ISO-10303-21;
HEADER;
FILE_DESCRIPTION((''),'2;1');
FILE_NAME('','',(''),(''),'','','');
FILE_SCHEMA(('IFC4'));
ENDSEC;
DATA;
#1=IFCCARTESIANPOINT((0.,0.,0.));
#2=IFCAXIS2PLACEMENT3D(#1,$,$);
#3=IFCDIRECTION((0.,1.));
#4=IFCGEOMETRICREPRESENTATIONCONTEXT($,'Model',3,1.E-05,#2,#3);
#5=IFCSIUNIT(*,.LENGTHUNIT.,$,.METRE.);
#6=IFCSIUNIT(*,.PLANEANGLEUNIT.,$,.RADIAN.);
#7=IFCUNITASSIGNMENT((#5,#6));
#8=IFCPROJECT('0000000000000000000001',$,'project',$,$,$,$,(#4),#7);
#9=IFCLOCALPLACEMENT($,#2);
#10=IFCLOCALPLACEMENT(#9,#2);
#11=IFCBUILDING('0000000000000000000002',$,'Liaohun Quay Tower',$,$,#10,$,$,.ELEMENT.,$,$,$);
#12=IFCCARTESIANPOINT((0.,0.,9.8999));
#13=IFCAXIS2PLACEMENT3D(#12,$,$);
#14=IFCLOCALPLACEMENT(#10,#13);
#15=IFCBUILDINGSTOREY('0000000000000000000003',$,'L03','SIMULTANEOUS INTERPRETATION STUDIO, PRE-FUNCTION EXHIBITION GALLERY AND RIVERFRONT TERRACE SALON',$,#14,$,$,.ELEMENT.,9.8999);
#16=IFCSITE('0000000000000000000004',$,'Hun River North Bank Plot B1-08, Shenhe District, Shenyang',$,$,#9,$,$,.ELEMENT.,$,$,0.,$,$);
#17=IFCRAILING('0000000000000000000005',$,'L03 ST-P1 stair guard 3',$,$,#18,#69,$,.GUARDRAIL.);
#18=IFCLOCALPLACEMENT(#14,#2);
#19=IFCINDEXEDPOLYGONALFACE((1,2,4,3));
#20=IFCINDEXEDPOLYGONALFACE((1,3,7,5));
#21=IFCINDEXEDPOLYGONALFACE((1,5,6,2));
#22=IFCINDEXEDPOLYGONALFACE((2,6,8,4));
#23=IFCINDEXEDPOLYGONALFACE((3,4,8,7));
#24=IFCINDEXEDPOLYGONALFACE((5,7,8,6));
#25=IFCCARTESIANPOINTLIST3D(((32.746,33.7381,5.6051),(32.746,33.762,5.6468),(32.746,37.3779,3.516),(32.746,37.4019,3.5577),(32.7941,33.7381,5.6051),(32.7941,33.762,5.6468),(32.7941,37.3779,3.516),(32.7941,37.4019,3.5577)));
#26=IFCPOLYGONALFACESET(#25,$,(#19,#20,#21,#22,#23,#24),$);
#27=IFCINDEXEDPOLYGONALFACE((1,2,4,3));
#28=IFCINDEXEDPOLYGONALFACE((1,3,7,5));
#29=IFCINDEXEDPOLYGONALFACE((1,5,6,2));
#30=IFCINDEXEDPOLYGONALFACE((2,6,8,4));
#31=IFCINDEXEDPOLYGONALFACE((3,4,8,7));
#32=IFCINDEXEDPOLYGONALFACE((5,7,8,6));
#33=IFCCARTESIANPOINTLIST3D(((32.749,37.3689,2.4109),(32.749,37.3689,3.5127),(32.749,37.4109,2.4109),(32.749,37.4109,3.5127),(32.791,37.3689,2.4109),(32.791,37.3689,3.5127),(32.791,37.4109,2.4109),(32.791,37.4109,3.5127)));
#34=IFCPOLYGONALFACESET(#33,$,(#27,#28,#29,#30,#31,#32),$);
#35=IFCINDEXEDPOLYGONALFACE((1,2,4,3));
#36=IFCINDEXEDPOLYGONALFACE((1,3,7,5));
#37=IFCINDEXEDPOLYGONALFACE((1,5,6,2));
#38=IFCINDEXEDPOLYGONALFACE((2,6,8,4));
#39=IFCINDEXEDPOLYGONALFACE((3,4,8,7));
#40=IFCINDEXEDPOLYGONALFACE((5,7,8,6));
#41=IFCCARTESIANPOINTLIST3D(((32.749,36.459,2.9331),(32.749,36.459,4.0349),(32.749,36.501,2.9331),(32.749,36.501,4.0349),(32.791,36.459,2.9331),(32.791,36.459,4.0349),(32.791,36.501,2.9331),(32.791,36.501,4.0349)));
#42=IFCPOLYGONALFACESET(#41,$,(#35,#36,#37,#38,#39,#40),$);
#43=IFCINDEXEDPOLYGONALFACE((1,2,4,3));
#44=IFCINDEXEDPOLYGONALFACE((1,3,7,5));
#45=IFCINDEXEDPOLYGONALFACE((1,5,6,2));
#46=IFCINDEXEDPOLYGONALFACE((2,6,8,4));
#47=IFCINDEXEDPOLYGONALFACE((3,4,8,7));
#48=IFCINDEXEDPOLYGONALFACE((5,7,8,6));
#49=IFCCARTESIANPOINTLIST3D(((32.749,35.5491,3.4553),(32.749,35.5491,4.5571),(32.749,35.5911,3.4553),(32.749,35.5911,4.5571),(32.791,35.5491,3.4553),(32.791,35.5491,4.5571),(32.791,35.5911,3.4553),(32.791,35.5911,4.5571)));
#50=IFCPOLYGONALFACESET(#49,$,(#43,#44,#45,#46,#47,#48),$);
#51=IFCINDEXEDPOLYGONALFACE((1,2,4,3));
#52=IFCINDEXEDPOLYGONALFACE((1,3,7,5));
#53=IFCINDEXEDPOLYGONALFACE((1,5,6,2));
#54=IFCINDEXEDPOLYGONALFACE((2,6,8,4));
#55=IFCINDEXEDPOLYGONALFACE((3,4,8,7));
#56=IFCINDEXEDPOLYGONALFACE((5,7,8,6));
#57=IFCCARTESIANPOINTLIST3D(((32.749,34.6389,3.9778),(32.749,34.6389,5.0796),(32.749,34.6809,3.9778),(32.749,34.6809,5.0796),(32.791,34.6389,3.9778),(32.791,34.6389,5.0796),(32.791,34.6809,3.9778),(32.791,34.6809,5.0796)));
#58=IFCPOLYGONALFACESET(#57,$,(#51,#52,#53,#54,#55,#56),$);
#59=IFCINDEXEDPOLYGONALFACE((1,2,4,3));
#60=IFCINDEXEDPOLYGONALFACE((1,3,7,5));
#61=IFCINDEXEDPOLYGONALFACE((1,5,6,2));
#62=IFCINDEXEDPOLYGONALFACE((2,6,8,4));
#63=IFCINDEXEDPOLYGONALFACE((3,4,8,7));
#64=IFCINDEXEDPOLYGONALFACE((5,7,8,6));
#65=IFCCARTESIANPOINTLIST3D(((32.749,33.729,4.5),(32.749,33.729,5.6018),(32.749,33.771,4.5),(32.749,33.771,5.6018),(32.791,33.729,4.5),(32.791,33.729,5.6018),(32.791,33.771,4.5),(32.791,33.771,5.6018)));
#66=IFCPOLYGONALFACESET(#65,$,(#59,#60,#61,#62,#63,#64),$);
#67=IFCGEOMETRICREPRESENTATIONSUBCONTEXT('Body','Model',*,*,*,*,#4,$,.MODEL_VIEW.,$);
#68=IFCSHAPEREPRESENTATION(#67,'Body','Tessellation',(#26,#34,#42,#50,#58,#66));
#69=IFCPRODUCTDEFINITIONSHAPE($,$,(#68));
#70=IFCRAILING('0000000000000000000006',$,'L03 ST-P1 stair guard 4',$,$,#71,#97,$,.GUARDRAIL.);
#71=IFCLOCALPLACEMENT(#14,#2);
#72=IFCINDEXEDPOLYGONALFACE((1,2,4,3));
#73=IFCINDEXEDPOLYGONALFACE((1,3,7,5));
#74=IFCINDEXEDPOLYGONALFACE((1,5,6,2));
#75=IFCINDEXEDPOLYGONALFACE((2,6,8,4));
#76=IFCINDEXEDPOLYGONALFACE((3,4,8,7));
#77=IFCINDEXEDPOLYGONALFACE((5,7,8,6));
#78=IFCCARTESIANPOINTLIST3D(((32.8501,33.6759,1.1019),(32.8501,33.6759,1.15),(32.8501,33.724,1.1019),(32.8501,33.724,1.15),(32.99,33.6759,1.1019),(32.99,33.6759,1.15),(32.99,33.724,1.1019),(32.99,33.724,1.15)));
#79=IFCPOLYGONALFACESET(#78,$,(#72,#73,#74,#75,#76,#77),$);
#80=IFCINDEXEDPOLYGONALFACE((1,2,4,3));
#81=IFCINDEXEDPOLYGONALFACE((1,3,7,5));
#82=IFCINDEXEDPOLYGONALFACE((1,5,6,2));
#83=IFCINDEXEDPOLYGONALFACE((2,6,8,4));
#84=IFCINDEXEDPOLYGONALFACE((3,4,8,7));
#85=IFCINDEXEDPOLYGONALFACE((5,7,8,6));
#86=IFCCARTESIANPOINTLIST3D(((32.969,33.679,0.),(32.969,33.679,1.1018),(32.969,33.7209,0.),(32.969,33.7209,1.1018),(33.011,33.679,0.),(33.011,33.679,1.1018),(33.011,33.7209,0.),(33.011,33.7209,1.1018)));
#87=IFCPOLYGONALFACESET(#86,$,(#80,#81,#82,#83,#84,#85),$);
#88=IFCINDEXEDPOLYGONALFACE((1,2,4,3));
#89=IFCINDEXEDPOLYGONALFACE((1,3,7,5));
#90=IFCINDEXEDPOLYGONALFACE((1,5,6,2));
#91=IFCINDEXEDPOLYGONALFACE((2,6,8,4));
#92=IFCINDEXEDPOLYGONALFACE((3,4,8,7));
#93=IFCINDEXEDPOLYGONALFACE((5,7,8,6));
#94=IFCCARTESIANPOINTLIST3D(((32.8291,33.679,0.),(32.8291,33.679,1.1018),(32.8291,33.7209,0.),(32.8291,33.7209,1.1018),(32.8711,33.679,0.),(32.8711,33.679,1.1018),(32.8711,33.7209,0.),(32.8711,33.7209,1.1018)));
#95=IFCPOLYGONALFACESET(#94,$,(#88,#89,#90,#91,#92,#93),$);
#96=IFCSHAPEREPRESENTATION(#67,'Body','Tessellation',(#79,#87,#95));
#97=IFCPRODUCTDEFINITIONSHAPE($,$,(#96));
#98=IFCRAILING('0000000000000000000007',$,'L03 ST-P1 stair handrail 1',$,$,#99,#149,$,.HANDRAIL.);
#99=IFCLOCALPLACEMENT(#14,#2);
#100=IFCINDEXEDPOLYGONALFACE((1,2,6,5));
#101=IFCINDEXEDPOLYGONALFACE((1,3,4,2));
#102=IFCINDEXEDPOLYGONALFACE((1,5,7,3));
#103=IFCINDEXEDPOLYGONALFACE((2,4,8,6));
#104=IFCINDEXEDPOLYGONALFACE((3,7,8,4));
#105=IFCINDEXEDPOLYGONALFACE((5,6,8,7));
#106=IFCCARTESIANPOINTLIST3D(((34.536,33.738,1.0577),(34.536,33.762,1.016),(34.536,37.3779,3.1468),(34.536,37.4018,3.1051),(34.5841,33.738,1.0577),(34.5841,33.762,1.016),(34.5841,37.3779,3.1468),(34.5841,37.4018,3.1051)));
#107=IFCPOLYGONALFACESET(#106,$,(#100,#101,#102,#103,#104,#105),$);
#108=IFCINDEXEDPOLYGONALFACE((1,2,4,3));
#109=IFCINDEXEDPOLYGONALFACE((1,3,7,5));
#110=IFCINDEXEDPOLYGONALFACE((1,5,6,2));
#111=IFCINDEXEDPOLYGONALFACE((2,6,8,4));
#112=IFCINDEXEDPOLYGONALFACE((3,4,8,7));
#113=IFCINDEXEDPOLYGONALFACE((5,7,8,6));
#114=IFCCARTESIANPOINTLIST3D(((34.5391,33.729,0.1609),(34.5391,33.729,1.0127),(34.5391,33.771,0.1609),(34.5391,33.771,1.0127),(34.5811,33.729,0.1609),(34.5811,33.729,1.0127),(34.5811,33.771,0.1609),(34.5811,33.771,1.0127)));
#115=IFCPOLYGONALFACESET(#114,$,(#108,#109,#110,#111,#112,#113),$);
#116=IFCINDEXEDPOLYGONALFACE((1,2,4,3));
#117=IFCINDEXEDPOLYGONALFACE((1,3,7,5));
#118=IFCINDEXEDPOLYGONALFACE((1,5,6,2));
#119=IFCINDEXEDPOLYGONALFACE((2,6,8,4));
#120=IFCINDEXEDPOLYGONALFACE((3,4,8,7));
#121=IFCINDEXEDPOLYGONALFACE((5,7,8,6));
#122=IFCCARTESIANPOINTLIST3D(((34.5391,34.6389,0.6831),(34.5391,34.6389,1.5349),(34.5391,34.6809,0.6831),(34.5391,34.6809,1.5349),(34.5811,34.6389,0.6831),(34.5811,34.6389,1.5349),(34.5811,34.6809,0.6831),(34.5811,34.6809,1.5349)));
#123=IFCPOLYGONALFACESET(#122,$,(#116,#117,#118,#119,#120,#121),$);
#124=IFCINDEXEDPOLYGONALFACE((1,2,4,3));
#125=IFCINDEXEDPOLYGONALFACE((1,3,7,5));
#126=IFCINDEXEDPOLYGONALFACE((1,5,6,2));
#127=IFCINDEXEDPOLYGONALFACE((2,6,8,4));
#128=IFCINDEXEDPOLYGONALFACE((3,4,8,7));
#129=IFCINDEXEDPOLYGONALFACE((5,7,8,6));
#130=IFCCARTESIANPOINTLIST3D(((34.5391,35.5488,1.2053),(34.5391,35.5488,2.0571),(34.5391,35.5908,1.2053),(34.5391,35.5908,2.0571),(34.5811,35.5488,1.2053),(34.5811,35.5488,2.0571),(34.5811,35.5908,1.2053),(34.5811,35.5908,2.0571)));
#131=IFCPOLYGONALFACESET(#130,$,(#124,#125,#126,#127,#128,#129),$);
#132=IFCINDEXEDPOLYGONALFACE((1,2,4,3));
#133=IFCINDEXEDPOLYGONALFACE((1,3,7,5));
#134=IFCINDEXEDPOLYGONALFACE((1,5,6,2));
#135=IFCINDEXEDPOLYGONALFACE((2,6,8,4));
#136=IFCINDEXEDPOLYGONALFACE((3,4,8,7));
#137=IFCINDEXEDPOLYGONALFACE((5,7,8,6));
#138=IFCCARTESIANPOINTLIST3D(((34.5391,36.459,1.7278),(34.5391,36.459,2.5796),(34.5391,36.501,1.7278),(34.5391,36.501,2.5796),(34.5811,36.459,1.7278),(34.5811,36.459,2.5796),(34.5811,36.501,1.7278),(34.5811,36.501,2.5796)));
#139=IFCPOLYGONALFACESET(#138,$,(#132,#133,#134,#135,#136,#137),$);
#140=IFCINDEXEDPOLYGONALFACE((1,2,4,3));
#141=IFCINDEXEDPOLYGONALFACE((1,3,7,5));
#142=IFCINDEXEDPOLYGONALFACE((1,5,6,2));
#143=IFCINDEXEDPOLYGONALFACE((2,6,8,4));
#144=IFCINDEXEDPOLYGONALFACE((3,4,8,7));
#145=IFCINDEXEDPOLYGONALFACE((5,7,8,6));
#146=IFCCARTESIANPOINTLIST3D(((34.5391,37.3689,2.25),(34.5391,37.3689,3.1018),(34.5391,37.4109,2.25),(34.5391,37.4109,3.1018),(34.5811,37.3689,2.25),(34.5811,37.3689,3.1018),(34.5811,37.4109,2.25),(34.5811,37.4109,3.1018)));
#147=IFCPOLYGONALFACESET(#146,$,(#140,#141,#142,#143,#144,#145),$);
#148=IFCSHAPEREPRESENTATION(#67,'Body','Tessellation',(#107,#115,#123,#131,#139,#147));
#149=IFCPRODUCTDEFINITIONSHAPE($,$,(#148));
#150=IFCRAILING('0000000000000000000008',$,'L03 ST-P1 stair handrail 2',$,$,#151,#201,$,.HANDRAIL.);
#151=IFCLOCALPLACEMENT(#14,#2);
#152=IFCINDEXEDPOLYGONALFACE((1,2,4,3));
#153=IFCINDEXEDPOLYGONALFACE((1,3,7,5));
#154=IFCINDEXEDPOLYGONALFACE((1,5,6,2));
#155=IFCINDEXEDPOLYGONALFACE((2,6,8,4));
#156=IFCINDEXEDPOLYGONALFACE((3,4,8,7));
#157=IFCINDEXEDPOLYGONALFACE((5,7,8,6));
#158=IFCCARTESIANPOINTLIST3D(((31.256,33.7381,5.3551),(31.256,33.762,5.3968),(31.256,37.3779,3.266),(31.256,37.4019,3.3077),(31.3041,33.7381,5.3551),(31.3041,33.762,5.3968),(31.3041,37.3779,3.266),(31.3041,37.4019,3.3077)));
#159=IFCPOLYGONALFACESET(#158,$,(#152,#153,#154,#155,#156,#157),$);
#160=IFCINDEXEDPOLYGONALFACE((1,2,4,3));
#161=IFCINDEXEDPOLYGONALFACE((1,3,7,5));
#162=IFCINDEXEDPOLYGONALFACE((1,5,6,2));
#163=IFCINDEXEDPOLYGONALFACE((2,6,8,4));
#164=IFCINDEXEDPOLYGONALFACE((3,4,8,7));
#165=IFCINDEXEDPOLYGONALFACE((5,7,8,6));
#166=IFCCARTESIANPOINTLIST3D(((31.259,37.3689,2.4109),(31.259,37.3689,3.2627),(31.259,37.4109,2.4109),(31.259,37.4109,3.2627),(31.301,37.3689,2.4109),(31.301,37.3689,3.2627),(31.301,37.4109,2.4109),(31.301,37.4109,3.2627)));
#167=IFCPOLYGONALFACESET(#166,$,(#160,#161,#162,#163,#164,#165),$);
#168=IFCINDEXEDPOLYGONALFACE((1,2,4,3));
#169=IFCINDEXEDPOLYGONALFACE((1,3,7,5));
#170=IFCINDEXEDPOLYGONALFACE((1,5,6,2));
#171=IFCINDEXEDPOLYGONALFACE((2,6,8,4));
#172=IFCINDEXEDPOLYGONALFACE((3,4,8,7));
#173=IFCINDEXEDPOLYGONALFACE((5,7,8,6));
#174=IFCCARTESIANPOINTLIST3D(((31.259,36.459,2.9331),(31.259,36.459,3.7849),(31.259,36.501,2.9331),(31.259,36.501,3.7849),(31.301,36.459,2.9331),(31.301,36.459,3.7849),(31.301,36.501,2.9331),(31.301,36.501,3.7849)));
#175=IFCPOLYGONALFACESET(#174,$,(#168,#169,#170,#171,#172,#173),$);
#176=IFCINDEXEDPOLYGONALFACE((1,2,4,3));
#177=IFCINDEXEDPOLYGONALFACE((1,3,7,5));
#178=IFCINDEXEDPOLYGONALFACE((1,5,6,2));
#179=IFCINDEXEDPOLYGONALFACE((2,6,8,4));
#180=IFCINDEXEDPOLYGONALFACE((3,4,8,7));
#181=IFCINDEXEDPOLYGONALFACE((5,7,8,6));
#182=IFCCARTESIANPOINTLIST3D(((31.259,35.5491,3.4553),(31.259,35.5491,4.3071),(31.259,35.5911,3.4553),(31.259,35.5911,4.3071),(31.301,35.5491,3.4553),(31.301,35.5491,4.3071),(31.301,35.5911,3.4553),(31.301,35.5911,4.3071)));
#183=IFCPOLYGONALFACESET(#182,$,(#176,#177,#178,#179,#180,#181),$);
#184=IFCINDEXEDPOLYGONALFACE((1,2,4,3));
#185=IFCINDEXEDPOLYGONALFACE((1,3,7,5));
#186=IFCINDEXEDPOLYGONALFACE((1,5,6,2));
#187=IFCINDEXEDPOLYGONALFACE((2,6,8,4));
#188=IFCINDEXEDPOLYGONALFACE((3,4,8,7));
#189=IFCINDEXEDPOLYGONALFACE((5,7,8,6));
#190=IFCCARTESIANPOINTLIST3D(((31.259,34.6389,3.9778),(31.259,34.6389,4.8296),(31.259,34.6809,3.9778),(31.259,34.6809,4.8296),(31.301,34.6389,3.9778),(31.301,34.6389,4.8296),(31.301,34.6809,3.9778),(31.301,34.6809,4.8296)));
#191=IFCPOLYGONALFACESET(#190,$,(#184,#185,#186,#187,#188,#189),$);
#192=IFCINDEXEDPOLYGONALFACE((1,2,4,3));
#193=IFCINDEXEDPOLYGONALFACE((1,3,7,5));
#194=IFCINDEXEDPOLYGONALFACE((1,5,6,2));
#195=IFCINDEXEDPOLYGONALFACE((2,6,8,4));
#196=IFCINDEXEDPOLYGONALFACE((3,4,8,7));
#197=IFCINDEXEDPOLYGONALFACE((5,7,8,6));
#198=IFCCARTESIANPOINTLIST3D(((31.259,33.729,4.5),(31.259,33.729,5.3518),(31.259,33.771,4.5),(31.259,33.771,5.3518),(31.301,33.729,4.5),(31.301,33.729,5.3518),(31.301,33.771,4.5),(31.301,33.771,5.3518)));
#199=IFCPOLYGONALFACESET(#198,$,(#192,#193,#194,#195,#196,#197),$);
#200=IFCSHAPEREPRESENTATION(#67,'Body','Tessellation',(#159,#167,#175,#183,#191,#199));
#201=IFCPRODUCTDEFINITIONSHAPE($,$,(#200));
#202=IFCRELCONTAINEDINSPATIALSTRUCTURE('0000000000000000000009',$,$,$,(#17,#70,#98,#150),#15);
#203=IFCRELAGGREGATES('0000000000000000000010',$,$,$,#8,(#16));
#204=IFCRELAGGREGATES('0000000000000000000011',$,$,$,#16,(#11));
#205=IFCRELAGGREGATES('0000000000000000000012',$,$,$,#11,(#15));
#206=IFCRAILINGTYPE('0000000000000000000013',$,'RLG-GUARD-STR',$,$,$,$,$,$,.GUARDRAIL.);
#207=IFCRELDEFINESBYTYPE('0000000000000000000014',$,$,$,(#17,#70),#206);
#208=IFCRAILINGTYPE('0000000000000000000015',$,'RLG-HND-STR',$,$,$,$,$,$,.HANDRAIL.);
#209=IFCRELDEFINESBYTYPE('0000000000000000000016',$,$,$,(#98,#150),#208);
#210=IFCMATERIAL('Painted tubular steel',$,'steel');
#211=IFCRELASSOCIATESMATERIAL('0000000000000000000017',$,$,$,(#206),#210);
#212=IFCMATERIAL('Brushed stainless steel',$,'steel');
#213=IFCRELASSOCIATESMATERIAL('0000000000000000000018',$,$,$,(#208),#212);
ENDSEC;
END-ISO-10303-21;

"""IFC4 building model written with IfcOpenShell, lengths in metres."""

from ifc_helpers import new_model, si_unit, direction, frame, origin, origin_2d, place, context, subcontext, project, spatial, rectangle, extrude, material, type_object, element, save


model = new_model("IFC4")

# Units and contexts
model_context = context("Model", 3, precision=1e-05, world=origin(), true_north=direction((0.0, 1.0)))
body_context = subcontext(model_context, "Body", "Model", "MODEL_VIEW")
ifc_project = project(units=[si_unit("LENGTHUNIT", "METRE"), si_unit("PLANEANGLEUNIT", "RADIAN")], contexts=[model_context])

# Site, building, storey
site_placement = place(None, origin())
site = spatial("IfcSite", under=ifc_project, at=site_placement, Name="Hun River North Bank Plot B1-08, Shenhe District, Shenyang", CompositionType="ELEMENT", RefElevation=0.0)
building_placement = place(site_placement, origin())
building = spatial("IfcBuilding", under=site, at=building_placement, Name="Liaohun Quay Tower", CompositionType="ELEMENT")
storey_placement = place(building_placement, frame((0.0, 0.0, 9.8999)))
storey = spatial("IfcBuildingStorey", under=building, at=storey_placement, Name="L03", Description="SIMULTANEOUS INTERPRETATION STUDIO, PRE-FUNCTION EXHIBITION GALLERY AND RIVERFRONT TERRACE SALON", CompositionType="ELEMENT", Elevation=9.8999)

# Railings
ifc_material_1 = material(Name="Painted tubular steel", Category="steel")
railing_type_1 = type_object("IfcRailingType", Name="RLG-GUARD-STR", PredefinedType="GUARDRAIL", material=ifc_material_1)
railing_1_placement = place(storey_placement, frame((32.77, 37.3899, 2.4109)))
element("IfcRailing", 1, at=railing_1_placement, inside=storey, type_object=railing_type_1, Name="L03 ST-P1 stair guard 3", PredefinedType="GUARDRAIL", context=body_context, shape_type="SweptSolid", body=[
    extrude(rectangle(XDim=0.0481, YDim=0.0481, at=origin_2d()), frame((0.0, 0.0, 1.126), z_axis=(0.0, -0.8673, 0.497786), x_axis=(1.0, 0.0, 0.0)), (0.0, 0.0, 1.0), 4.1968),
    extrude(rectangle(XDim=0.042, YDim=0.042, at=origin_2d()), origin(), (0.0, 0.0, 1.0), 1.1018),
    extrude(rectangle(XDim=0.042, YDim=0.042, at=origin_2d()), frame((0.0, -0.9099, 0.5222)), (0.0, 0.0, 1.0), 1.1018),
    extrude(rectangle(XDim=0.042, YDim=0.042, at=origin_2d()), frame((0.0, -1.8198, 1.0444)), (0.0, 0.0, 1.0), 1.1018),
    extrude(rectangle(XDim=0.042, YDim=0.042, at=origin_2d()), frame((0.0, -2.73, 1.5669)), (0.0, 0.0, 1.0), 1.1018),
    extrude(rectangle(XDim=0.042, YDim=0.042, at=origin_2d()), frame((0.0, -3.6399, 2.0891)), (0.0, 0.0, 1.0), 1.1018),
])
railing_2_placement = place(storey_placement, frame((32.99, 33.7, 0.0)))
element("IfcRailing", 2, at=railing_2_placement, inside=storey, type_object=railing_type_1, Name="L03 ST-P1 stair guard 4", PredefinedType="GUARDRAIL", context=body_context, shape_type="SweptSolid", body=[
    extrude(rectangle(XDim=0.0481, YDim=0.0481, at=origin_2d()), frame((0.0, 0.0, 1.126), z_axis=(-1.0, 0.0, 0.0), x_axis=(0.0, -1.0, 0.0)), (0.0, 0.0, 1.0), 0.1399),
    extrude(rectangle(XDim=0.042, YDim=0.042, at=origin_2d()), origin(), (0.0, 0.0, 1.0), 1.1018),
    extrude(rectangle(XDim=0.042, YDim=0.042, at=origin_2d()), frame((-0.1399, 0.0, 0.0)), (0.0, 0.0, 1.0), 1.1018),
])
ifc_material_2 = material(Name="Brushed stainless steel", Category="steel")
railing_type_2 = type_object("IfcRailingType", Name="RLG-HND-STR", PredefinedType="HANDRAIL", material=ifc_material_2)
railing_3_placement = place(storey_placement, frame((34.5601, 33.75, 0.1609)))
element("IfcRailing", 3, at=railing_3_placement, inside=storey, type_object=railing_type_2, Name="L03 ST-P1 stair handrail 1", PredefinedType="HANDRAIL", context=body_context, shape_type="SweptSolid", body=[
    extrude(rectangle(XDim=0.0481, YDim=0.0481, at=origin_2d()), frame((0.0, 0.0, 0.876), z_axis=(0.0, 0.8673, 0.497786), x_axis=(-1.0, 0.0, 0.0)), (0.0, 0.0, 1.0), 4.1968),
    extrude(rectangle(XDim=0.042, YDim=0.042, at=origin_2d()), origin(), (0.0, 0.0, 1.0), 0.8518),
    extrude(rectangle(XDim=0.042, YDim=0.042, at=origin_2d()), frame((0.0, 0.9099, 0.5222)), (0.0, 0.0, 1.0), 0.8518),
    extrude(rectangle(XDim=0.042, YDim=0.042, at=origin_2d()), frame((0.0, 1.8198, 1.0444)), (0.0, 0.0, 1.0), 0.8518),
    extrude(rectangle(XDim=0.042, YDim=0.042, at=origin_2d()), frame((0.0, 2.73, 1.5669)), (0.0, 0.0, 1.0), 0.8518),
    extrude(rectangle(XDim=0.042, YDim=0.042, at=origin_2d()), frame((0.0, 3.6399, 2.0891)), (0.0, 0.0, 1.0), 0.8518),
])
railing_4_placement = place(storey_placement, frame((31.28, 37.3899, 2.4109)))
element("IfcRailing", 4, at=railing_4_placement, inside=storey, type_object=railing_type_2, Name="L03 ST-P1 stair handrail 2", PredefinedType="HANDRAIL", context=body_context, shape_type="SweptSolid", body=[
    extrude(rectangle(XDim=0.0481, YDim=0.0481, at=origin_2d()), frame((0.0, 0.0, 0.876), z_axis=(0.0, -0.8673, 0.497786), x_axis=(1.0, 0.0, 0.0)), (0.0, 0.0, 1.0), 4.1968),
    extrude(rectangle(XDim=0.042, YDim=0.042, at=origin_2d()), origin(), (0.0, 0.0, 1.0), 0.8518),
    extrude(rectangle(XDim=0.042, YDim=0.042, at=origin_2d()), frame((0.0, -0.9099, 0.5222)), (0.0, 0.0, 1.0), 0.8518),
    extrude(rectangle(XDim=0.042, YDim=0.042, at=origin_2d()), frame((0.0, -1.8198, 1.0444)), (0.0, 0.0, 1.0), 0.8518),
    extrude(rectangle(XDim=0.042, YDim=0.042, at=origin_2d()), frame((0.0, -2.73, 1.5669)), (0.0, 0.0, 1.0), 0.8518),
    extrude(rectangle(XDim=0.042, YDim=0.042, at=origin_2d()), frame((0.0, -3.6399, 2.0891)), (0.0, 0.0, 1.0), 0.8518),
])

save(model, "model.ifc")
